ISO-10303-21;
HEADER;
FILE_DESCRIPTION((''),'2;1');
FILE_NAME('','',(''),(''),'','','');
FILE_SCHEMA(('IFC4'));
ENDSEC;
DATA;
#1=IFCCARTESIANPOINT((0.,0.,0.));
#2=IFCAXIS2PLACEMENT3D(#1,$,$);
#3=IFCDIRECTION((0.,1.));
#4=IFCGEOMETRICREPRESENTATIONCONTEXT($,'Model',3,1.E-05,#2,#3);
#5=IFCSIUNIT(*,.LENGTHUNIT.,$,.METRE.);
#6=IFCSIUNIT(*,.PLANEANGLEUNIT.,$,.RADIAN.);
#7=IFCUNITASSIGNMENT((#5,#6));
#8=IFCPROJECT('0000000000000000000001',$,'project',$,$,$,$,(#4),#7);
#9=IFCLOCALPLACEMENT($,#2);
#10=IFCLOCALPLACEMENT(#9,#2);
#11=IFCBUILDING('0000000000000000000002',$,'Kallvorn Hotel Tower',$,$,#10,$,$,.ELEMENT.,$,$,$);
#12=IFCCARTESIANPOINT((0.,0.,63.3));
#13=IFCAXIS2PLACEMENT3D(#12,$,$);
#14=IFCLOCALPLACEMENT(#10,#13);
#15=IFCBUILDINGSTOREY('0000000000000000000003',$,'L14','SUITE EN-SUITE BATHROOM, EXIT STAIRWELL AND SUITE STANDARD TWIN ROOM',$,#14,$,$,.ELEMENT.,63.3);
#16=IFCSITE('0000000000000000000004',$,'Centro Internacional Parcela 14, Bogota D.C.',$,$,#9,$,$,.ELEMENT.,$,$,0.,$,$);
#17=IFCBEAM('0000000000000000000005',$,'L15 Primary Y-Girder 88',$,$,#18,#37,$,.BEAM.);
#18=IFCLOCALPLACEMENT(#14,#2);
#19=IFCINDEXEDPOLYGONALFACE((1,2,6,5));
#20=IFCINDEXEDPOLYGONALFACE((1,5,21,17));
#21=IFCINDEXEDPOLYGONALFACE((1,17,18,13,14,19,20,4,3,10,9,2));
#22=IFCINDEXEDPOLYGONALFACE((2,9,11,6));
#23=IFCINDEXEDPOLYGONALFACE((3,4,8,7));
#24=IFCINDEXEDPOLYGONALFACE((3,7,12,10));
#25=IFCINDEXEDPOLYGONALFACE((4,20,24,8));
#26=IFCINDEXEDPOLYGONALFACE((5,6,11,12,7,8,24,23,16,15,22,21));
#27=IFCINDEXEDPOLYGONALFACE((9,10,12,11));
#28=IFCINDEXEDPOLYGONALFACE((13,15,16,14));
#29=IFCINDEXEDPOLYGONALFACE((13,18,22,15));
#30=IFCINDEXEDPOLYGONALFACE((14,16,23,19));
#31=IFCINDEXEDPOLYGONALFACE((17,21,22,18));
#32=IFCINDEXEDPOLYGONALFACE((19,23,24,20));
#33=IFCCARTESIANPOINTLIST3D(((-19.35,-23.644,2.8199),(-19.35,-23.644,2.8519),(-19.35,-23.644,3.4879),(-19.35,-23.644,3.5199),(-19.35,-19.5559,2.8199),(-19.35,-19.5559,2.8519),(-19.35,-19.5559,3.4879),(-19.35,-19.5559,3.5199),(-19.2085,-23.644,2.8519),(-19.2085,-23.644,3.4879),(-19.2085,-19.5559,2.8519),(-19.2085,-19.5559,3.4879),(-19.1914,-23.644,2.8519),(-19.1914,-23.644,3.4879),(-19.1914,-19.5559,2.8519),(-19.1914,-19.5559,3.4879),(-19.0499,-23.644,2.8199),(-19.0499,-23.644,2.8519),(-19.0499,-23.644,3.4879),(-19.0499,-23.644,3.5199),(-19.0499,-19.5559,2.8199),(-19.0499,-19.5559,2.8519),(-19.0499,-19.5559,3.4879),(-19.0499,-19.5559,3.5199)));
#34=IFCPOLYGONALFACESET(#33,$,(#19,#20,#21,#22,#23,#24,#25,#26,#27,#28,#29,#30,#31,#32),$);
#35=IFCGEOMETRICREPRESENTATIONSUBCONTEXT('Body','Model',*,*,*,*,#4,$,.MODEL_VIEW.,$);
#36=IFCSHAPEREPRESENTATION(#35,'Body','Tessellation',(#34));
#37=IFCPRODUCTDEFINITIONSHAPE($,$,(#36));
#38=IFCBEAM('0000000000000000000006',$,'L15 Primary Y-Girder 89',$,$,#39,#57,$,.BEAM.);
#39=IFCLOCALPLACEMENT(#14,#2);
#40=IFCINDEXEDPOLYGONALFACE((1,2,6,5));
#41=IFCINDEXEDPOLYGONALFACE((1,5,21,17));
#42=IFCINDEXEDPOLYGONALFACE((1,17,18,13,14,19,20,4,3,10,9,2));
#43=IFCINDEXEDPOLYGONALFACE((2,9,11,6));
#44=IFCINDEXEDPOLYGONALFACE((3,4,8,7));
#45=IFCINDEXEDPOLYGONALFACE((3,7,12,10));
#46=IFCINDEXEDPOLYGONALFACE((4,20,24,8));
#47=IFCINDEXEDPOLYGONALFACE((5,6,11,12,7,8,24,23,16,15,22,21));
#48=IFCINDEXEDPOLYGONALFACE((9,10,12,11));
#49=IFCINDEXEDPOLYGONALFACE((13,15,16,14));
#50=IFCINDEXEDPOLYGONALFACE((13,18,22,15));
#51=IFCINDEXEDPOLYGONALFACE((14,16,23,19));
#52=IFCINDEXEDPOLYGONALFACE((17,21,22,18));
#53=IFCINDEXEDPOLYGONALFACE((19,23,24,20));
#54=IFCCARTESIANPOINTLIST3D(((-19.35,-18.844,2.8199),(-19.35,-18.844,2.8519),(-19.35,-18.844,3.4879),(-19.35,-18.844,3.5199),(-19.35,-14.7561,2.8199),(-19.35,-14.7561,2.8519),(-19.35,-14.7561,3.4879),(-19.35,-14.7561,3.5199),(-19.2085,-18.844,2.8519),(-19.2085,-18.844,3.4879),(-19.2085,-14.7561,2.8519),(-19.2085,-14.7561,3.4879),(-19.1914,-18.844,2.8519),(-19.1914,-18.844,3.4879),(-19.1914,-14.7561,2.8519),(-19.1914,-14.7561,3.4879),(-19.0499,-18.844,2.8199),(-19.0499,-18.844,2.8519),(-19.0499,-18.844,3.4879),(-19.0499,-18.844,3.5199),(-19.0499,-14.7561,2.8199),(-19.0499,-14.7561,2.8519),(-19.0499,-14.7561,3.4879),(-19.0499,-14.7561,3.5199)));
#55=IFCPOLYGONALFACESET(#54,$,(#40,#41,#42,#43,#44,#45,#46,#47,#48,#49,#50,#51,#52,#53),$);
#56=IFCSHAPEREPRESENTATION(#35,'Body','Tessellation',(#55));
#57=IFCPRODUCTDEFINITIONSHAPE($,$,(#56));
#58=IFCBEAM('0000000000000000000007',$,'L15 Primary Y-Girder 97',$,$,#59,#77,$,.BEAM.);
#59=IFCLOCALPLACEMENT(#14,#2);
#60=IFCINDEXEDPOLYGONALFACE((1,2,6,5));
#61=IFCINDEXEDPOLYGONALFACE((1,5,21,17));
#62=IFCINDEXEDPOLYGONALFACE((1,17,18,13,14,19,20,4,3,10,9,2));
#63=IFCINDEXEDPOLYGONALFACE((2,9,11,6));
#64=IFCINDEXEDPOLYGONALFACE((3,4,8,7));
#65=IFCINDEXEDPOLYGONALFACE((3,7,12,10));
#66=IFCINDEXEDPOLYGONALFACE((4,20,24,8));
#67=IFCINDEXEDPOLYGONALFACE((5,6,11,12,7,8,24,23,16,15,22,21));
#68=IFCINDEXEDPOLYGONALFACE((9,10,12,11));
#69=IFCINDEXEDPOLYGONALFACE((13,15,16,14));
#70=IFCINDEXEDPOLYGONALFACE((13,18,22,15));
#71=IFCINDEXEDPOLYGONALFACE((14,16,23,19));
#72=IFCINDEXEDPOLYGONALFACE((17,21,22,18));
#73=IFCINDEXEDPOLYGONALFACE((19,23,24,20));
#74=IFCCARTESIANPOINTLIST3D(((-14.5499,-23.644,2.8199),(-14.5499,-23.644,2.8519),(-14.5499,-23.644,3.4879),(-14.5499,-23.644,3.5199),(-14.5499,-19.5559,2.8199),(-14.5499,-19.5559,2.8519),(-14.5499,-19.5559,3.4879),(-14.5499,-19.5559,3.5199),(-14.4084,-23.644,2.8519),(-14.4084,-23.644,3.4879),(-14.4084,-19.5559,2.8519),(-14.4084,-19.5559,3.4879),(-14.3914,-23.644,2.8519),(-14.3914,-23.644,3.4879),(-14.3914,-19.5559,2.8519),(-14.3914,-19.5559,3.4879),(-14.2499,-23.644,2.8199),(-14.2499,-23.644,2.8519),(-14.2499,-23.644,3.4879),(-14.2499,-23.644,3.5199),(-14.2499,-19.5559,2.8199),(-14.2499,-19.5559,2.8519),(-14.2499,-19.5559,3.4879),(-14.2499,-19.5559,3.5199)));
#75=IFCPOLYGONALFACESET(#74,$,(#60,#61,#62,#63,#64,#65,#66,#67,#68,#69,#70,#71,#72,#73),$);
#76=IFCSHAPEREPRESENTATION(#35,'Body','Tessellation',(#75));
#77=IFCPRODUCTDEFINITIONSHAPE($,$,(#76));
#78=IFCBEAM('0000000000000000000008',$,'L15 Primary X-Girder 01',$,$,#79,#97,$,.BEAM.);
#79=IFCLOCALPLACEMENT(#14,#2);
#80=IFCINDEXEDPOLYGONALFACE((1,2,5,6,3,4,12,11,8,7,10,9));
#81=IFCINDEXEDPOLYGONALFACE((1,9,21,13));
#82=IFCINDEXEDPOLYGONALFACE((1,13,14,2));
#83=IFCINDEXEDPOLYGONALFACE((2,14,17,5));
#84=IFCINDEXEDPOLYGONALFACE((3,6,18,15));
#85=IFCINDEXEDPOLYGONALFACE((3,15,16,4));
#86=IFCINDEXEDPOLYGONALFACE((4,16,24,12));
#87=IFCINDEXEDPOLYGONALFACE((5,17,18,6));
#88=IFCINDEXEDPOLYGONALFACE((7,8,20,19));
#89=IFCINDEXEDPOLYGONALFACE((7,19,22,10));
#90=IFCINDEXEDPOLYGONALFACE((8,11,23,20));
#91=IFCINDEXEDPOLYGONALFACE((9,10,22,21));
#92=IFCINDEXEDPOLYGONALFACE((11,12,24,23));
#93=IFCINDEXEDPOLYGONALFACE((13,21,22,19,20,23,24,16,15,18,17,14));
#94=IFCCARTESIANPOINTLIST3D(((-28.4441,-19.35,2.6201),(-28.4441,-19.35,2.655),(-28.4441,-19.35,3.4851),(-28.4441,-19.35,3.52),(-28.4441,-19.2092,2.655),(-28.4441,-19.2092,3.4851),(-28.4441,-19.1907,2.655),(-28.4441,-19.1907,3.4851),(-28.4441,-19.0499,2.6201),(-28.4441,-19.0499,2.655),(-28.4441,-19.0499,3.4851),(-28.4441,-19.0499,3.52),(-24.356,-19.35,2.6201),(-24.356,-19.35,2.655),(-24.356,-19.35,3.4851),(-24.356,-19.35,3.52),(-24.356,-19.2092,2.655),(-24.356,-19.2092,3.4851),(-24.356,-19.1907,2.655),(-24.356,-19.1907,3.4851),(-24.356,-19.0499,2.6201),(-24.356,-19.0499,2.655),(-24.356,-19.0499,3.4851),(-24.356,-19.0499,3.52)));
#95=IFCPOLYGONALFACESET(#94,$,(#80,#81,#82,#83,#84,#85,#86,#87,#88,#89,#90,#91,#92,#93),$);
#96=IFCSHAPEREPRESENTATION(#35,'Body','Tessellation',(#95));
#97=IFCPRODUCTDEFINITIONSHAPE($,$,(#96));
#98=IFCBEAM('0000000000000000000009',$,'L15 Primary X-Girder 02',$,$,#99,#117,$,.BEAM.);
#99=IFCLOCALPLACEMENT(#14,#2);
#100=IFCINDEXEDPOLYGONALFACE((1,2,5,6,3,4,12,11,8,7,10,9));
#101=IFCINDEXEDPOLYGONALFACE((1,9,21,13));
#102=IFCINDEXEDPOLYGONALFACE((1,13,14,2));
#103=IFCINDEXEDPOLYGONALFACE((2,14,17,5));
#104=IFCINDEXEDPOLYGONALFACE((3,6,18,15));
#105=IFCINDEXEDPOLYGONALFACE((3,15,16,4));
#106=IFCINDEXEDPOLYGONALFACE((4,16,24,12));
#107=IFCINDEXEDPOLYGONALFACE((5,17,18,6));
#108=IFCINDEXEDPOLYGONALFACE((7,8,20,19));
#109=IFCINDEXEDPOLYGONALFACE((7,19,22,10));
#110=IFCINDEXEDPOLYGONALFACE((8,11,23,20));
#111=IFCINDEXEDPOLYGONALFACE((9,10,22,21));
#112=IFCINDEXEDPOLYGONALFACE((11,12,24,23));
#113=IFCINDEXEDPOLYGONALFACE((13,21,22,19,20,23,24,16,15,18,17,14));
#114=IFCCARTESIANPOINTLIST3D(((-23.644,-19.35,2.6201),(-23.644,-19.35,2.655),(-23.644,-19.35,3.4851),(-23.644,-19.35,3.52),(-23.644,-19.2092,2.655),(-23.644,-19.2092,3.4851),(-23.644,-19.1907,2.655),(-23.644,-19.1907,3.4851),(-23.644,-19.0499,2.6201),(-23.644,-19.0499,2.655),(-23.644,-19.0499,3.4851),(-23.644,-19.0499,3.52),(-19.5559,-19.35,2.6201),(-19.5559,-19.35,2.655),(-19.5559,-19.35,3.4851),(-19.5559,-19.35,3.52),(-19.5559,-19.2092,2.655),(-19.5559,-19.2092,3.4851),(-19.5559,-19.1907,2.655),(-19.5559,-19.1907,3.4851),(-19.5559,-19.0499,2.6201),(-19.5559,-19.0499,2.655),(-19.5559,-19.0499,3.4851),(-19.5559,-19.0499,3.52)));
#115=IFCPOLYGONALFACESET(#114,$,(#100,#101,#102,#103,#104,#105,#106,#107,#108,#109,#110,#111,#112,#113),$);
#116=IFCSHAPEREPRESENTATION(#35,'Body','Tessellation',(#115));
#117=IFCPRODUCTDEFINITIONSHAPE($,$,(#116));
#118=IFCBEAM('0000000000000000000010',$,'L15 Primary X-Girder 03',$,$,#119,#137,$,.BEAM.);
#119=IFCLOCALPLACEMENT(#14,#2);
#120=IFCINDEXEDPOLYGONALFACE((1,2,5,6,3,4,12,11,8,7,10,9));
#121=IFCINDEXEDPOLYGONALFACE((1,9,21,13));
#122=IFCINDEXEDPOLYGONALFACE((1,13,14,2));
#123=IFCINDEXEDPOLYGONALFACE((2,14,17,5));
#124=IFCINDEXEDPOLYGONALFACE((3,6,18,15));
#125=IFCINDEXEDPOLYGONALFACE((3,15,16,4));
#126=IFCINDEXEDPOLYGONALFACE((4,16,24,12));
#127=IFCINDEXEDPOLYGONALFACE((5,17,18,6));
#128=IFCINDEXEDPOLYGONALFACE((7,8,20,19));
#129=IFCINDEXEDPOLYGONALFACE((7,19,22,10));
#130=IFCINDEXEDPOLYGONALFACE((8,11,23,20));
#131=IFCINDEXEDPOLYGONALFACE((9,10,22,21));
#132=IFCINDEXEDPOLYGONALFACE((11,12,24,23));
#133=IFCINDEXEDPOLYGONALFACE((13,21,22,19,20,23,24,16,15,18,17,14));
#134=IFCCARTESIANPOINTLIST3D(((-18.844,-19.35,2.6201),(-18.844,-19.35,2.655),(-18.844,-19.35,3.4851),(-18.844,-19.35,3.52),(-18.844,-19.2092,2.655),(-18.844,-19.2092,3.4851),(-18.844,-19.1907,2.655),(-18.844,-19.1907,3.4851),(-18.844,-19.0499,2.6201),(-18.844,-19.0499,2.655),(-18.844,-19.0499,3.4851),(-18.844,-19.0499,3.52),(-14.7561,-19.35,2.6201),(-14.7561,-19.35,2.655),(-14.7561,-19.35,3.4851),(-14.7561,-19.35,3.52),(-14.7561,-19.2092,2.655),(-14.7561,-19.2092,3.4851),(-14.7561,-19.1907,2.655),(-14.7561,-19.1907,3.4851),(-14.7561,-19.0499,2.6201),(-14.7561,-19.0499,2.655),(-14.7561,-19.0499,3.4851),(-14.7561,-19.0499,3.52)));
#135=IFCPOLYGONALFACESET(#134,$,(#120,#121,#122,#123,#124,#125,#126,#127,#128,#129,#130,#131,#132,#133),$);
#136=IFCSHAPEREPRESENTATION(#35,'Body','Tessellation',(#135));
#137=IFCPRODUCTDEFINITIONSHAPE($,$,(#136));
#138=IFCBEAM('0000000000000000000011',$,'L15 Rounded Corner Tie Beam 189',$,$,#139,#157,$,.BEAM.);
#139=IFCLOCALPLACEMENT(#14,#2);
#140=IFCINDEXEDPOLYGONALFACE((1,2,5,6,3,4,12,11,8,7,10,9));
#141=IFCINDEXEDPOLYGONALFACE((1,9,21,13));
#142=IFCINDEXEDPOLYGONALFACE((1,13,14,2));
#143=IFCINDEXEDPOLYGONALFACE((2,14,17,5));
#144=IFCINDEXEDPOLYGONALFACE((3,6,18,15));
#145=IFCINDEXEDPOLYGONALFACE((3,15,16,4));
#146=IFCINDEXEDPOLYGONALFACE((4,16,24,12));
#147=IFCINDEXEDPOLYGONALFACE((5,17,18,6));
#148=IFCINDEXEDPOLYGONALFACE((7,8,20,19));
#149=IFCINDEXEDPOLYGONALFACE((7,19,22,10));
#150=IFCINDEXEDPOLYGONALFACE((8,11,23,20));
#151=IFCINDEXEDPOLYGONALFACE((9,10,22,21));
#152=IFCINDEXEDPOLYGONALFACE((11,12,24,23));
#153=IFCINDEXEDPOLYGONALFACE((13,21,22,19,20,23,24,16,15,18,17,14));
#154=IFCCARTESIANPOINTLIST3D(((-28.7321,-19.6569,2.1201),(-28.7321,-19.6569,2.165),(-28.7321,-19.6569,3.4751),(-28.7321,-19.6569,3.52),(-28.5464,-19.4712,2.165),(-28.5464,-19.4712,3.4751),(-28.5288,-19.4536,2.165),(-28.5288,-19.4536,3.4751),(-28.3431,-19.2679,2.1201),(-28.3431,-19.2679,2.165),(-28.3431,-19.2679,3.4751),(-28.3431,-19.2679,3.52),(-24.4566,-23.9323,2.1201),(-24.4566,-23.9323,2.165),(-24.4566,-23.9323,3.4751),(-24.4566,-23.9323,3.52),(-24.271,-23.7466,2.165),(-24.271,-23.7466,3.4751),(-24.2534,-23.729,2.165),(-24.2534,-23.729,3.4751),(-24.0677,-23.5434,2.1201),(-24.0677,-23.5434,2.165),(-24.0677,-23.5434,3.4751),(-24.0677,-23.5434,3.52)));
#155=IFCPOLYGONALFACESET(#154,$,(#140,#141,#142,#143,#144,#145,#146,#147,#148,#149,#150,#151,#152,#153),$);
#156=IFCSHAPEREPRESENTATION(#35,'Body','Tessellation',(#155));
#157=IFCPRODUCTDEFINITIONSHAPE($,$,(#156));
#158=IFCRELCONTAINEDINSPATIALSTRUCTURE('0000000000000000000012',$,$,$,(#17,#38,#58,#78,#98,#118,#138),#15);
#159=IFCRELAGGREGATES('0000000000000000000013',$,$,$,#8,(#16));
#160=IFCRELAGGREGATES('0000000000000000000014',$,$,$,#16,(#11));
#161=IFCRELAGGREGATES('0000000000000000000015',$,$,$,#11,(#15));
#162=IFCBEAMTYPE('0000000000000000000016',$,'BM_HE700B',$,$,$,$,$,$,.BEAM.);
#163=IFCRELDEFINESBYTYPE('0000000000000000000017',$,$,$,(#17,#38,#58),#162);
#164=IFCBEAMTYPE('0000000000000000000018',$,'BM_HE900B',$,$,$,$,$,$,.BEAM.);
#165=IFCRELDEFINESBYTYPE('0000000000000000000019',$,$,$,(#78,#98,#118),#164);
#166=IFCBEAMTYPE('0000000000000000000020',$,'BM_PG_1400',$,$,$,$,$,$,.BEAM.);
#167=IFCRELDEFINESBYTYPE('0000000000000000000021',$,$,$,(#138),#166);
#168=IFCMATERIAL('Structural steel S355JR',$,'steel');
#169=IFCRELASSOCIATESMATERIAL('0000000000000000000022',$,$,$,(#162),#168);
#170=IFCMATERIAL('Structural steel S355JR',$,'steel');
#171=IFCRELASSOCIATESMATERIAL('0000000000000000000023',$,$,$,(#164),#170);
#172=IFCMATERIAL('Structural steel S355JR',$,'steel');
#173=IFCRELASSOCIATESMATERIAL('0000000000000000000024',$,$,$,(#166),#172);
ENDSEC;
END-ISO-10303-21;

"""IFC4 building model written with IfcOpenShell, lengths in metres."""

from ifc_helpers import new_model, si_unit, direction, frame, origin, origin_2d, place, context, subcontext, project, spatial, i_section, extrude, material, material_profile, profile_set, type_object, element, save


model = new_model("IFC4")

# Units and contexts
model_context = context("Model", 3, precision=1e-05, world=origin(), true_north=direction((0.0, 1.0)))
body_context = subcontext(model_context, "Body", "Model", "MODEL_VIEW")
ifc_project = project(units=[si_unit("LENGTHUNIT", "METRE"), si_unit("PLANEANGLEUNIT", "RADIAN")], contexts=[model_context])

# Site, building, storey
site_placement = place(None, origin())
site = spatial("IfcSite", under=ifc_project, at=site_placement, Name="Centro Internacional Parcela 14, Bogota D.C.", CompositionType="ELEMENT", RefElevation=0.0)
building_placement = place(site_placement, origin())
building = spatial("IfcBuilding", under=site, at=building_placement, Name="Kallvorn Hotel Tower", CompositionType="ELEMENT")
storey_placement = place(building_placement, frame((0.0, 0.0, 63.3)))
storey = spatial("IfcBuildingStorey", under=building, at=storey_placement, Name="L14", Description="SUITE EN-SUITE BATHROOM, EXIT STAIRWELL AND SUITE STANDARD TWIN ROOM", CompositionType="ELEMENT", Elevation=63.3)

# Beams
ifc_material_1 = material(Name="Structural steel S355JR", Category="steel")
ifc_material_profile_1 = material_profile(ifc_material_1, i_section(OverallWidth=0.3, OverallDepth=0.7, WebThickness=0.0171, FlangeThickness=0.032, at=origin_2d()), Name="HE 700 B")
ifc_profile_set_1 = profile_set([ifc_material_profile_1], Name="Structural steel S355JR")
beam_type_1 = type_object("IfcBeamType", Name="BM_HE700B", PredefinedType="BEAM", material=ifc_profile_set_1)
beam_1_placement = place(storey_placement, frame((-19.2, -23.644, 3.1699), z_axis=(0.0, 1.0, 0.0), x_axis=(-1.0, 0.0, 0.0)))
element("IfcBeam", 1, at=beam_1_placement, inside=storey, type_object=beam_type_1, Name="L15 Primary Y-Girder 88", PredefinedType="BEAM", context=body_context, shape_type="SweptSolid", body=[
    extrude(i_section(OverallWidth=0.3, OverallDepth=0.7, WebThickness=0.0171, FlangeThickness=0.032, at=origin_2d()), origin(), (0.0, 0.0, 1.0), 4.0881),
])
beam_2_placement = place(storey_placement, frame((-19.2, -18.844, 3.1699), z_axis=(0.0, 1.0, 0.0), x_axis=(-1.0, 0.0, 0.0)))
element("IfcBeam", 2, at=beam_2_placement, inside=storey, type_object=beam_type_1, Name="L15 Primary Y-Girder 89", PredefinedType="BEAM", context=body_context, shape_type="SweptSolid", body=[
    extrude(i_section(OverallWidth=0.3, OverallDepth=0.7, WebThickness=0.0171, FlangeThickness=0.032, at=origin_2d()), origin(), (0.0, 0.0, 1.0), 4.0879),
])
beam_3_placement = place(storey_placement, frame((-14.3999, -23.644, 3.1699), z_axis=(0.0, 1.0, 0.0), x_axis=(-1.0, 0.0, 0.0)))
element("IfcBeam", 3, at=beam_3_placement, inside=storey, type_object=beam_type_1, Name="L15 Primary Y-Girder 97", PredefinedType="BEAM", context=body_context, shape_type="SweptSolid", body=[
    extrude(i_section(OverallWidth=0.3, OverallDepth=0.7, WebThickness=0.0171, FlangeThickness=0.032, at=origin_2d()), origin(), (0.0, 0.0, 1.0), 4.0881),
])
ifc_material_2 = material(Name="Structural steel S355JR", Category="steel")
ifc_material_profile_2 = material_profile(ifc_material_2, i_section(OverallWidth=0.3, OverallDepth=0.8999, WebThickness=0.0186, FlangeThickness=0.0349, at=origin_2d()), Name="HE 900 B")
ifc_profile_set_2 = profile_set([ifc_material_profile_2], Name="Structural steel S355JR")
beam_type_2 = type_object("IfcBeamType", Name="BM_HE900B", PredefinedType="BEAM", material=ifc_profile_set_2)
for number, where, z_axis, x_axis, name in (
    (4, (-28.4441, -19.2, 3.0701), (1.0, 0.0, 0.0), (0.0, 1.0, 0.0), "L15 Primary X-Girder 01"),
    (5, (-23.644, -19.2, 3.0701), (1.0, 0.0, 0.0), (0.0, 1.0, 0.0), "L15 Primary X-Girder 02"),
):
    element("IfcBeam", number, at=place(storey_placement, frame(where, z_axis=z_axis, x_axis=x_axis)), inside=storey, type_object=beam_type_2, Name=name, PredefinedType="BEAM", context=body_context, shape_type="SweptSolid", body=[
        extrude(i_section(OverallWidth=0.3, OverallDepth=0.8999, WebThickness=0.0186, FlangeThickness=0.0349, at=origin_2d()), origin(), (0.0, 0.0, 1.0), 4.0881),
    ])
beam_4_placement = place(storey_placement, frame((-18.844, -19.2, 3.0701), z_axis=(1.0, 0.0, 0.0), x_axis=(0.0, 1.0, 0.0)))
element("IfcBeam", 6, at=beam_4_placement, inside=storey, type_object=beam_type_2, Name="L15 Primary X-Girder 03", PredefinedType="BEAM", context=body_context, shape_type="SweptSolid", body=[
    extrude(i_section(OverallWidth=0.3, OverallDepth=0.8999, WebThickness=0.0186, FlangeThickness=0.0349, at=origin_2d()), origin(), (0.0, 0.0, 1.0), 4.0879),
])
ifc_material_3 = material(Name="Structural steel S355JR", Category="steel")
ifc_material_profile_3 = material_profile(ifc_material_3, i_section(OverallWidth=0.55, OverallDepth=1.3999, WebThickness=0.0249, FlangeThickness=0.0449, at=origin_2d()), Name="PG 1400x550x25x45")
ifc_profile_set_3 = profile_set([ifc_material_profile_3], Name="Structural steel S355JR")
beam_type_3 = type_object("IfcBeamType", Name="BM_PG_1400", PredefinedType="BEAM", material=ifc_profile_set_3)
beam_5_placement = place(storey_placement, frame((-28.5376, -19.4624, 2.8201), z_axis=(0.707107, -0.707107, 0.0), x_axis=(0.707107, 0.707107, 0.0)))
element("IfcBeam", 7, at=beam_5_placement, inside=storey, type_object=beam_type_3, Name="L15 Rounded Corner Tie Beam 189", PredefinedType="BEAM", context=body_context, shape_type="SweptSolid", body=[
    extrude(i_section(OverallWidth=0.55, OverallDepth=1.3999, WebThickness=0.0249, FlangeThickness=0.0449, at=origin_2d()), origin(), (0.0, 0.0, 1.0), 6.0464),
])

save(model, "model.ifc")
